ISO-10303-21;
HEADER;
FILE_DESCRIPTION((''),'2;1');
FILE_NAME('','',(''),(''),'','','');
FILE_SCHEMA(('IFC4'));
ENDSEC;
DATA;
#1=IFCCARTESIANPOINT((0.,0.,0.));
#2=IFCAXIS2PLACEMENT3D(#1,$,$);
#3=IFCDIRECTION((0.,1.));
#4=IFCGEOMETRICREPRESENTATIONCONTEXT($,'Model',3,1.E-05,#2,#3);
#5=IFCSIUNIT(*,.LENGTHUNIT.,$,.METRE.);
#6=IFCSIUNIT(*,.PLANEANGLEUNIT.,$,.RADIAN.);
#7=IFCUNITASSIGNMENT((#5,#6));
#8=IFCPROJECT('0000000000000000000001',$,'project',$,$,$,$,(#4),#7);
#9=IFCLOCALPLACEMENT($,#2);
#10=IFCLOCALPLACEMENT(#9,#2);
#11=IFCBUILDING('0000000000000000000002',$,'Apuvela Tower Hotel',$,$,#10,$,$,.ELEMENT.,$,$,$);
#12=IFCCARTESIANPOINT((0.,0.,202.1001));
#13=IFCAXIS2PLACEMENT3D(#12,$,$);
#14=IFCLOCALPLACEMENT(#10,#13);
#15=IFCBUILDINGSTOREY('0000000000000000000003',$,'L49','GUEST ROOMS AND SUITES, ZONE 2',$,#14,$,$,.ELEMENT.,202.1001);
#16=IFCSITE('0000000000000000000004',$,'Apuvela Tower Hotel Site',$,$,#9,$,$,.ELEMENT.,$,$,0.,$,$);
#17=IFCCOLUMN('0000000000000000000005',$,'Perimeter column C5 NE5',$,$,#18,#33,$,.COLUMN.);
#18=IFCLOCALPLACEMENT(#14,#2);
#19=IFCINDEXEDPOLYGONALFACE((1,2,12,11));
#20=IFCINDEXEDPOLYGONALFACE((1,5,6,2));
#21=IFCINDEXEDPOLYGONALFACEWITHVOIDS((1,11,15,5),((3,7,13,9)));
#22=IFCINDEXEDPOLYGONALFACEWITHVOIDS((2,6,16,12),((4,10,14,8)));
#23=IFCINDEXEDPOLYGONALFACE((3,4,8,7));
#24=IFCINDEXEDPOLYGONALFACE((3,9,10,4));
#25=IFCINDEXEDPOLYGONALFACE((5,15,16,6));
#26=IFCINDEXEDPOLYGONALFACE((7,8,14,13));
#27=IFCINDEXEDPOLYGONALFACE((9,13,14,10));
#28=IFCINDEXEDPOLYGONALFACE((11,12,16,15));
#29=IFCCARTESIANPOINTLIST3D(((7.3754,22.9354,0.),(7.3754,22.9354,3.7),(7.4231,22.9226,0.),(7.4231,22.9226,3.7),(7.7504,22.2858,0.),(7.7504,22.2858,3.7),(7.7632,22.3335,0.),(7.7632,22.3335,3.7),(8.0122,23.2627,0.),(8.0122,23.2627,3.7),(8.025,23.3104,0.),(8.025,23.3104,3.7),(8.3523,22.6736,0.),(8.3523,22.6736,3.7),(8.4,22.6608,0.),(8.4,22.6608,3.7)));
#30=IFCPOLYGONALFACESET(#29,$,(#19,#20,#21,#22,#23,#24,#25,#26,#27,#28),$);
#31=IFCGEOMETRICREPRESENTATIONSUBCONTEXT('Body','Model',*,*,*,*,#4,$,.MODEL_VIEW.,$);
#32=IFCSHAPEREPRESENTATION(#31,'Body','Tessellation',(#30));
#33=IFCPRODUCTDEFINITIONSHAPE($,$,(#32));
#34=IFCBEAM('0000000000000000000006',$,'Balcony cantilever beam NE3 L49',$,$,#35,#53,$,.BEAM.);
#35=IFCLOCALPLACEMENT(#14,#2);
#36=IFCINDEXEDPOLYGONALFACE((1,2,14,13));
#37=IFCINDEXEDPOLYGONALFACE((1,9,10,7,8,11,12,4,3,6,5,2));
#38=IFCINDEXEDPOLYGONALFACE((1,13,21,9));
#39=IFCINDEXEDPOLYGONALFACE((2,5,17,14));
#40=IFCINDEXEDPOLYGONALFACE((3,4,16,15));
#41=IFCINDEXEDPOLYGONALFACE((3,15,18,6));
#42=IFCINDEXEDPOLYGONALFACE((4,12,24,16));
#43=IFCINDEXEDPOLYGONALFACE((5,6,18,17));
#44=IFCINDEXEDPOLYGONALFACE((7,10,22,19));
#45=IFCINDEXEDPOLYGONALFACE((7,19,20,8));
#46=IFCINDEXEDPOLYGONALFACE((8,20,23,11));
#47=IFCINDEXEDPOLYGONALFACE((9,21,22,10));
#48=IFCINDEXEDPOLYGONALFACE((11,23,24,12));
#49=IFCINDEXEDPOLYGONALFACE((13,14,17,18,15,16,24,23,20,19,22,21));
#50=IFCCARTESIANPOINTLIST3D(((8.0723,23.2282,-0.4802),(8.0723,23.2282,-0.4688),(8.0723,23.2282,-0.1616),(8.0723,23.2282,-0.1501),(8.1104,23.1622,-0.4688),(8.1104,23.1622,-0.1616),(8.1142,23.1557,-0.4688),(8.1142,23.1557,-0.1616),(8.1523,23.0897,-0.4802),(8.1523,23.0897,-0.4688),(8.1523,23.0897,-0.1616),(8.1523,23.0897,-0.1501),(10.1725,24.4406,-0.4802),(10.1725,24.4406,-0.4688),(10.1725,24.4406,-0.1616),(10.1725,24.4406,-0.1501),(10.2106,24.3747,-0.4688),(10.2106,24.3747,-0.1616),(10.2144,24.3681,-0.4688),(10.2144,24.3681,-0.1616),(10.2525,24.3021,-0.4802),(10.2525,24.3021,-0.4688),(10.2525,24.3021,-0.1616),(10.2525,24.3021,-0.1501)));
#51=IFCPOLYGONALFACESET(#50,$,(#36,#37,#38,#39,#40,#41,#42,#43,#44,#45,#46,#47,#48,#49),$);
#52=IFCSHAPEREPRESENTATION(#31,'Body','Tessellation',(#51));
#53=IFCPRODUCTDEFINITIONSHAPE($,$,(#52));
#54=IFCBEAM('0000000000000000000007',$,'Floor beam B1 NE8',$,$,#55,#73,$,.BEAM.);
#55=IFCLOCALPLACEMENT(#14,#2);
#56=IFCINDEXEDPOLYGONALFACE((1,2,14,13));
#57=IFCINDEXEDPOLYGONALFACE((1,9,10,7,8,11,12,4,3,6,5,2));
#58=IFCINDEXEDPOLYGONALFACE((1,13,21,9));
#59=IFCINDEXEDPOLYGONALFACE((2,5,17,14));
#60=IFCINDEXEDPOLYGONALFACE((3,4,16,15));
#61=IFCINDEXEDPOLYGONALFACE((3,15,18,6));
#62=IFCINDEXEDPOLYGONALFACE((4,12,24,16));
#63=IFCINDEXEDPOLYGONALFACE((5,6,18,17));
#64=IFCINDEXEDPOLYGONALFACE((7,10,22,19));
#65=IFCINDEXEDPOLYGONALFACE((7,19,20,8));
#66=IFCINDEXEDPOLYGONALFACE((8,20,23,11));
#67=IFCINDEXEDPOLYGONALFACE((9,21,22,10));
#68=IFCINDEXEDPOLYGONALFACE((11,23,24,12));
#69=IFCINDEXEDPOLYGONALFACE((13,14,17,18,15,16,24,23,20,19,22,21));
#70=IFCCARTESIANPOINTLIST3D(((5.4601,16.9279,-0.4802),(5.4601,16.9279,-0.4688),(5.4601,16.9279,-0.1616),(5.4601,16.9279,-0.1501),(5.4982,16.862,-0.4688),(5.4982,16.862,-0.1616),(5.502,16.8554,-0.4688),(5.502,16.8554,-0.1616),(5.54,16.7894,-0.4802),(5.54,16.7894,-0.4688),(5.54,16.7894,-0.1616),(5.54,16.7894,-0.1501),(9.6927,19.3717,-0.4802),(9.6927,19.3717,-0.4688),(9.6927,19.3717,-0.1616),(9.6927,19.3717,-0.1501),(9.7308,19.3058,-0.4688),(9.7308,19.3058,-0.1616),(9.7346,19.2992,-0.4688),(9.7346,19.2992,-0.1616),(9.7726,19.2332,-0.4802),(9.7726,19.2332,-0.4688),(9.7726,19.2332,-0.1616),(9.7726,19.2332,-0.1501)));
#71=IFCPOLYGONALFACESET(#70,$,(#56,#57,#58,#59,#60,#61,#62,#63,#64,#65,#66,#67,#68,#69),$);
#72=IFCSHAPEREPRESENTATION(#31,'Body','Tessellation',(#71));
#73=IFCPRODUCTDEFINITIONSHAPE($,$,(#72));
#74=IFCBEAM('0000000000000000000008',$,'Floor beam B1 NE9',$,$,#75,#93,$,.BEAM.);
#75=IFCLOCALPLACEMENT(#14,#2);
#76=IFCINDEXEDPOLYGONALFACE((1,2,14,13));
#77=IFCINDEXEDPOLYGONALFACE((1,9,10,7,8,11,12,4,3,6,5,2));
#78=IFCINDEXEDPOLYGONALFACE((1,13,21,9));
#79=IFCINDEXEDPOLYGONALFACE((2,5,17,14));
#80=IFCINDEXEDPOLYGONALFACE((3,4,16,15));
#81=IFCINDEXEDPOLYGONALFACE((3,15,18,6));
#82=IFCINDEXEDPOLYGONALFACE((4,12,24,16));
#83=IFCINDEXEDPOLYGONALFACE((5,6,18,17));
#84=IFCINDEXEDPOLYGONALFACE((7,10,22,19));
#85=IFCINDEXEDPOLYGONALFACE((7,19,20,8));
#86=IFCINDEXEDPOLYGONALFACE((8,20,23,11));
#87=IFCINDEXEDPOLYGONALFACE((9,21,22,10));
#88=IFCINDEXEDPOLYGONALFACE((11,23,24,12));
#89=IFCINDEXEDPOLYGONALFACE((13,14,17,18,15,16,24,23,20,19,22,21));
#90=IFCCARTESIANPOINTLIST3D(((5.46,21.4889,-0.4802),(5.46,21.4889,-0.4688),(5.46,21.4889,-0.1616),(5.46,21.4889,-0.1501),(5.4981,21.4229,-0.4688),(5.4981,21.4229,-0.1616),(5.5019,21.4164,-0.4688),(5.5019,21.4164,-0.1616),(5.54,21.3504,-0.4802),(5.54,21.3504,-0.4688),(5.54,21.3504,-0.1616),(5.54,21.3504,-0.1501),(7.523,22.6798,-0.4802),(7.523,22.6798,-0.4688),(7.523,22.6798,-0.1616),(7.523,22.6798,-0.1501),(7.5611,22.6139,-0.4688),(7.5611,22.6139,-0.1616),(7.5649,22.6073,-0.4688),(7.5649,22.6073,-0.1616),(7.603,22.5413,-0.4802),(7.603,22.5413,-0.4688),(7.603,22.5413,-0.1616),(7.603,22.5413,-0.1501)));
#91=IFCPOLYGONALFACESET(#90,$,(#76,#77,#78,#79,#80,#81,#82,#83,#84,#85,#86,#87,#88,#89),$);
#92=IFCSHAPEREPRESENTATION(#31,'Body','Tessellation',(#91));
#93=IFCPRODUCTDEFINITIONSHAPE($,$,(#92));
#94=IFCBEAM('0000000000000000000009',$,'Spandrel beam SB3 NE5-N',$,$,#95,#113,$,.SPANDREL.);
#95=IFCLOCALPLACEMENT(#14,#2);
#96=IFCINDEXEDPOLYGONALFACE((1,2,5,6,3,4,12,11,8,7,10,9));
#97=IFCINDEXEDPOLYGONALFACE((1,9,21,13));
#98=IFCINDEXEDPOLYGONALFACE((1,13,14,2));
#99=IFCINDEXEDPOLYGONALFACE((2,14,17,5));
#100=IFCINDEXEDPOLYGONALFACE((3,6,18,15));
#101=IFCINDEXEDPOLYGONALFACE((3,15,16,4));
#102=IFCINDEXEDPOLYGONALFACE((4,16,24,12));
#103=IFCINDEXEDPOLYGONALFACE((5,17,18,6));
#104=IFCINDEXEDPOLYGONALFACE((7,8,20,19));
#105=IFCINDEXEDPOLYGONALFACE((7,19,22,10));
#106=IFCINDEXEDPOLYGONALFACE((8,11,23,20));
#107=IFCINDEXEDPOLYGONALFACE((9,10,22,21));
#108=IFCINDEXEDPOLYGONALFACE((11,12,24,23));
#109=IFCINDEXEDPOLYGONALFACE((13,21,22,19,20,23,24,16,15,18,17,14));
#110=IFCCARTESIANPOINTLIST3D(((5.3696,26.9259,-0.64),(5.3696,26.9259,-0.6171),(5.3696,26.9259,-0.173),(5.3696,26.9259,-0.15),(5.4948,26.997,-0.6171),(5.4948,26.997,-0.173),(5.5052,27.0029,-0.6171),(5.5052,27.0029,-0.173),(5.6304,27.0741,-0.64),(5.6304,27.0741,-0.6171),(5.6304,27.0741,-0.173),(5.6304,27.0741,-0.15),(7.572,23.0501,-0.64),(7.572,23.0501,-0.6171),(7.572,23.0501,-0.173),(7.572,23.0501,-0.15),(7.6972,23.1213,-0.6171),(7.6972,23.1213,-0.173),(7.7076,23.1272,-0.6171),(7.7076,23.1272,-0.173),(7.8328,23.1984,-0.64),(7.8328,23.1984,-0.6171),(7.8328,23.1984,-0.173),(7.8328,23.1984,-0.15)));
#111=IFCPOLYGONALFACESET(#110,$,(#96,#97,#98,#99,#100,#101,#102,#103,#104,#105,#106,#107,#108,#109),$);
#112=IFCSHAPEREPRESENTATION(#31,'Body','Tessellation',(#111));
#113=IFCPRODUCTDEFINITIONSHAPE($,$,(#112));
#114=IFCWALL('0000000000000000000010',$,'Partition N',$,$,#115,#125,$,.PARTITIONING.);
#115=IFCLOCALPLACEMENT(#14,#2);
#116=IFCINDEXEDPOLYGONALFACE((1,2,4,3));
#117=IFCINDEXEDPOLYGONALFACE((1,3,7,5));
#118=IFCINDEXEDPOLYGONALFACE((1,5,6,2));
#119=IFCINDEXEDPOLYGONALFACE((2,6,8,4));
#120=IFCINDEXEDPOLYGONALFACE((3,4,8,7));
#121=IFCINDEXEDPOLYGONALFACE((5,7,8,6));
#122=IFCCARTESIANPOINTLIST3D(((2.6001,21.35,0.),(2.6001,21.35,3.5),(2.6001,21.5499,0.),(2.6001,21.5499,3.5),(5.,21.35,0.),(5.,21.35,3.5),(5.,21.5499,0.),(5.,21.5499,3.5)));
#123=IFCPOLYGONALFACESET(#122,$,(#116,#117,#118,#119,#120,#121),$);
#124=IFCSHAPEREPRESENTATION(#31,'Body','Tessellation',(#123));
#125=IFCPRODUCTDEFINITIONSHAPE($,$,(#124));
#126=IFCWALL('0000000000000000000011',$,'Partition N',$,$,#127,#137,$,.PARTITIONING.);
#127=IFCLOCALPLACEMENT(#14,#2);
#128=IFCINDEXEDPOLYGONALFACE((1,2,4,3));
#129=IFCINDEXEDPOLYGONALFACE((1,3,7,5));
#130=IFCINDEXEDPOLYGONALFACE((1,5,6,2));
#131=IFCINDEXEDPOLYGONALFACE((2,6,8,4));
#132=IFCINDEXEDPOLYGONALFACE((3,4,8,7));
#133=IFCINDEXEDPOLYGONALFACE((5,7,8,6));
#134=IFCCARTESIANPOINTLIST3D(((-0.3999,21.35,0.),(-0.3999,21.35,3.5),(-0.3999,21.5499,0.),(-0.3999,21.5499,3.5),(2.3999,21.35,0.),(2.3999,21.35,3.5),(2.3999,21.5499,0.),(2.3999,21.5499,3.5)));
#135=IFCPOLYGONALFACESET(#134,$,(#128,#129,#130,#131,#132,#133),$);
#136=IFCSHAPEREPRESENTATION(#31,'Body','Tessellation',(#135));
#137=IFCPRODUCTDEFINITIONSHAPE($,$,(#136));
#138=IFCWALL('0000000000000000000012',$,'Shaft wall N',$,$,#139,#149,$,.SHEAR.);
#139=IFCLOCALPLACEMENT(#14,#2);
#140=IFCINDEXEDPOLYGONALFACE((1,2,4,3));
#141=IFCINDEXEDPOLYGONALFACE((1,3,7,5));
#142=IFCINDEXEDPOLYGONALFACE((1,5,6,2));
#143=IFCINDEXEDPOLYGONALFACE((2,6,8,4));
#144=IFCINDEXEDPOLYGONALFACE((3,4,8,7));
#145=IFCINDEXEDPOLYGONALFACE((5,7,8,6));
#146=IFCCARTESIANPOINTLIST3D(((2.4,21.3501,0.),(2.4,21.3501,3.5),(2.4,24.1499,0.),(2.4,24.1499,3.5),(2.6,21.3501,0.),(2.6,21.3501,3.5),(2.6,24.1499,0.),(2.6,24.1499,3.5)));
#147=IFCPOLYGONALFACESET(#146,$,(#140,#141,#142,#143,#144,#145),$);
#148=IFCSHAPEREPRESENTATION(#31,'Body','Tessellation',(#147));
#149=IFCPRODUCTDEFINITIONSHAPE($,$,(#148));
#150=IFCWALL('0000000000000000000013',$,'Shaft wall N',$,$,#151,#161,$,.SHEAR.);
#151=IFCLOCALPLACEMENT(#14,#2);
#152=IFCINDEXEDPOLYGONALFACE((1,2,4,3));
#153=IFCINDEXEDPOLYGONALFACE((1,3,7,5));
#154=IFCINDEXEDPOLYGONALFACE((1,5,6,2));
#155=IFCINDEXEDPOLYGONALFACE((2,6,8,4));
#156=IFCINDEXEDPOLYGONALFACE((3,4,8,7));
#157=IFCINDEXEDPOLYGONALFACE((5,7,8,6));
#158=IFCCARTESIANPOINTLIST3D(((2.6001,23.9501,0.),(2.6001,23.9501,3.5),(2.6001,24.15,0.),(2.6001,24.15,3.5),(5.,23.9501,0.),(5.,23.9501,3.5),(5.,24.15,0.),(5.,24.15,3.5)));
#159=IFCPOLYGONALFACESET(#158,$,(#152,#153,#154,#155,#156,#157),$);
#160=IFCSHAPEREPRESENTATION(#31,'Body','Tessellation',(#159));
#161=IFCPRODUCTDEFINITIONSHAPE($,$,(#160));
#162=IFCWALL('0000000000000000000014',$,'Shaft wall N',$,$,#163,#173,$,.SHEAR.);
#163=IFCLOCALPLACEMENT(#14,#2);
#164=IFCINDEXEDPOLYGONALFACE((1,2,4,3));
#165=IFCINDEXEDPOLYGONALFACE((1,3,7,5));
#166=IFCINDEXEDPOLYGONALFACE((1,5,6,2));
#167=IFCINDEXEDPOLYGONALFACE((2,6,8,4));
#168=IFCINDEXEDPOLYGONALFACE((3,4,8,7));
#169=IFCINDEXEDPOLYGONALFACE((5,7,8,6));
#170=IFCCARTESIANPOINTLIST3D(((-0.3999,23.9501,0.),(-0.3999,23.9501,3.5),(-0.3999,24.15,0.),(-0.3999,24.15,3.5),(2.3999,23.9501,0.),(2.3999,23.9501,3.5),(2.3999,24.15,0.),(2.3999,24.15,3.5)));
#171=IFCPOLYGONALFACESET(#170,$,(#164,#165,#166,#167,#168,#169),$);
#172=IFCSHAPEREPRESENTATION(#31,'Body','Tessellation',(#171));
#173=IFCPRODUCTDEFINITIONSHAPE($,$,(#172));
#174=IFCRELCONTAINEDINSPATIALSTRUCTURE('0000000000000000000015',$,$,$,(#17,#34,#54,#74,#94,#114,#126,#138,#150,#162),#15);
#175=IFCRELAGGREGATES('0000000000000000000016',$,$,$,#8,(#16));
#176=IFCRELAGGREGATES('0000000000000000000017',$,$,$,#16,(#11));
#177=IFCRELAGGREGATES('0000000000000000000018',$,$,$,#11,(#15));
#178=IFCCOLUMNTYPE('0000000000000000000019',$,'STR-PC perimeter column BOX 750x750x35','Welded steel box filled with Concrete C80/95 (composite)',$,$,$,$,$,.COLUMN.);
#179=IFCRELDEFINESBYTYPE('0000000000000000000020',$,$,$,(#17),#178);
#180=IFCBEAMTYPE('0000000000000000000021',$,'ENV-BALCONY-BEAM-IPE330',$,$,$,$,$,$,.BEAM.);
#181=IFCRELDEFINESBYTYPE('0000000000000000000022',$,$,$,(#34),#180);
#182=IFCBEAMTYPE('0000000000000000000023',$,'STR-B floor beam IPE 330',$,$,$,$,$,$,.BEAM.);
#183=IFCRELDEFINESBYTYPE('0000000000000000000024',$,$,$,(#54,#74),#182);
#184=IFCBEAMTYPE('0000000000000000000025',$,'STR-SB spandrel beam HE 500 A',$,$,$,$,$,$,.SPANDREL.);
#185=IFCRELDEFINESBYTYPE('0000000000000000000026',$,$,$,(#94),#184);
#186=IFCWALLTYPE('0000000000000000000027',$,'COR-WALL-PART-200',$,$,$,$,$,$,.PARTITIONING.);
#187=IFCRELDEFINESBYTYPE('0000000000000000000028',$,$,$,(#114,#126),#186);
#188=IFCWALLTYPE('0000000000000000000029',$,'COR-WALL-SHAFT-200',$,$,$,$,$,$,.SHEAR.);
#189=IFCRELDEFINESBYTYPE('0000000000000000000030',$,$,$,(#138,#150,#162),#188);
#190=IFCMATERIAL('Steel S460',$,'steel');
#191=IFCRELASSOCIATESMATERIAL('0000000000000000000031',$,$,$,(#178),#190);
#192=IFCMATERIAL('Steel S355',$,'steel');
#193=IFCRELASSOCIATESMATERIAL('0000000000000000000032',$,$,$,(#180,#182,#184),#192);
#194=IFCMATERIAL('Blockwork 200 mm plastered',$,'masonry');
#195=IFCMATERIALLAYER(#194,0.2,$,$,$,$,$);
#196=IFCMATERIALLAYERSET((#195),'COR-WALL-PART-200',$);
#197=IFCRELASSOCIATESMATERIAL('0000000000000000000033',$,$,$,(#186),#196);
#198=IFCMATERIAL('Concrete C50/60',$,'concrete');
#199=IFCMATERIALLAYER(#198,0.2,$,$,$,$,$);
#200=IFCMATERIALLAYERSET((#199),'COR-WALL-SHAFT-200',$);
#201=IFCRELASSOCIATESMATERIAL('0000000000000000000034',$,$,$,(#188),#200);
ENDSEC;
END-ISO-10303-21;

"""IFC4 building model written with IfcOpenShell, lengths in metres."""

from ifc_helpers import new_model, si_unit, direction, frame, frame_2d, origin, origin_2d, place, context, subcontext, project, spatial, rectangle, hollow_rectangle, i_section, extrude, material, layer, layer_set, material_profile, profile_set, type_object, element, save


model = new_model("IFC4")

# Units and contexts
model_context = context("Model", 3, precision=1e-05, world=origin(), true_north=direction((0.0, 1.0)))
body_context = subcontext(model_context, "Body", "Model", "MODEL_VIEW")
ifc_project = project(units=[si_unit("LENGTHUNIT", "METRE"), si_unit("PLANEANGLEUNIT", "RADIAN")], contexts=[model_context])

# Site, building, storey
site_placement = place(None, origin())
site = spatial("IfcSite", under=ifc_project, at=site_placement, Name="Apuvela Tower Hotel Site", CompositionType="ELEMENT", RefElevation=0.0)
building_placement = place(site_placement, origin())
building = spatial("IfcBuilding", under=site, at=building_placement, Name="Apuvela Tower Hotel", CompositionType="ELEMENT")
storey_placement = place(building_placement, frame((0.0, 0.0, 202.1001)))
storey = spatial("IfcBuildingStorey", under=building, at=storey_placement, Name="L49", Description="GUEST ROOMS AND SUITES, ZONE 2", CompositionType="ELEMENT", Elevation=202.1001)

# Column
ifc_material_1 = material(Name="Steel S460", Category="steel")
ifc_material_profile_1 = material_profile(ifc_material_1, hollow_rectangle(XDim=0.75, YDim=0.75, WallThickness=0.0349, at=origin_2d()), Name="BOX 750x750x35")
ifc_material_2 = material(Name="Concrete C80/95", Category="concrete")
ifc_material_profile_2 = material_profile(ifc_material_2, rectangle(XDim=0.6799, YDim=0.6799, at=origin_2d()), Name="Concrete C80/95 infill")
ifc_profile_set_1 = profile_set([ifc_material_profile_1, ifc_material_profile_2], Name="Steel S460")
column_type = type_object("IfcColumnType", Name="STR-PC perimeter column BOX 750x750x35", Description="Welded steel box filled with Concrete C80/95 (composite)", PredefinedType="COLUMN", material=ifc_profile_set_1)
column_placement = place(storey_placement, frame((7.8877, 22.7981, 0.0), z_axis=(0.0, 0.0, 1.0), x_axis=(-0.5, 0.866025, 0.0)))
element("IfcColumn", 1, at=column_placement, inside=storey, type_object=column_type, Name="Perimeter column C5 NE5", PredefinedType="COLUMN", context=body_context, shape_type="SweptSolid", body=[
    extrude(hollow_rectangle(XDim=0.75, YDim=0.75, WallThickness=0.0349, at=origin_2d()), origin(), (0.0, 0.0, 1.0), 3.7),
])

# Beams
ifc_material_3 = material(Name="Steel S355", Category="steel")
ifc_material_profile_3 = material_profile(ifc_material_3, i_section(OverallWidth=0.1599, OverallDepth=0.3301, WebThickness=0.0076, FlangeThickness=0.0115, at=origin_2d()), Name="IPE 330")
ifc_profile_set_2 = profile_set([ifc_material_profile_3], Name="Steel S355")
beam_type_1 = type_object("IfcBeamType", Name="ENV-BALCONY-BEAM-IPE330", PredefinedType="BEAM", material=ifc_profile_set_2)
beam_1_placement = place(storey_placement, frame((8.1123, 23.1589, -0.3152), z_axis=(0.866041, 0.499972, 0.0), x_axis=(-0.499972, 0.866041, 0.0)))
element("IfcBeam", 2, at=beam_1_placement, inside=storey, type_object=beam_type_1, Name="Balcony cantilever beam NE3 L49", PredefinedType="BEAM", context=body_context, shape_type="SweptSolid", body=[
    extrude(i_section(OverallWidth=0.1599, OverallDepth=0.3301, WebThickness=0.0076, FlangeThickness=0.0115, at=origin_2d()), origin(), (0.0, 0.0, 1.0), 2.425),
])
ifc_material_profile_4 = material_profile(ifc_material_3, i_section(OverallWidth=0.1599, OverallDepth=0.3301, WebThickness=0.0076, FlangeThickness=0.0115, at=origin_2d()), Name="IPE 330")
ifc_profile_set_3 = profile_set([ifc_material_profile_4], Name="Steel S355")
beam_type_2 = type_object("IfcBeamType", Name="STR-B floor beam IPE 330", PredefinedType="BEAM", material=ifc_profile_set_3)
beam_2_placement = place(storey_placement, frame((9.7327, 19.3025, -0.3152), z_axis=(-0.866015, -0.500018, 0.0), x_axis=(0.500018, -0.866015, 0.0)))
element("IfcBeam", 3, at=beam_2_placement, inside=storey, type_object=beam_type_2, Name="Floor beam B1 NE8", PredefinedType="BEAM", context=body_context, shape_type="SweptSolid", body=[
    extrude(i_section(OverallWidth=0.1599, OverallDepth=0.3301, WebThickness=0.0076, FlangeThickness=0.0115, at=origin_2d()), origin(), (0.0, 0.0, 1.0), 4.8875),
])
beam_3_placement = place(storey_placement, frame((7.563, 22.6106, -0.3152), z_axis=(-0.866052, -0.499953, 0.0), x_axis=(0.499953, -0.866052, 0.0)))
element("IfcBeam", 4, at=beam_3_placement, inside=storey, type_object=beam_type_2, Name="Floor beam B1 NE9", PredefinedType="BEAM", context=body_context, shape_type="SweptSolid", body=[
    extrude(i_section(OverallWidth=0.1599, OverallDepth=0.3301, WebThickness=0.0076, FlangeThickness=0.0115, at=origin_2d()), origin(), (0.0, 0.0, 1.0), 2.3821),
])
ifc_material_profile_5 = material_profile(ifc_material_3, i_section(OverallWidth=0.3, OverallDepth=0.49, WebThickness=0.012, FlangeThickness=0.0229, at=origin_2d()), Name="HE 500 A")
ifc_profile_set_4 = profile_set([ifc_material_profile_5], Name="Steel S355")
beam_type_3 = type_object("IfcBeamType", Name="STR-SB spandrel beam HE 500 A", PredefinedType="SPANDREL", material=ifc_profile_set_4)
beam_4_placement = place(storey_placement, frame((7.7024, 23.1243, -0.395), z_axis=(-0.494056, 0.86943, 0.0), x_axis=(-0.86943, -0.494056, 0.0)))
element("IfcBeam", 5, at=beam_4_placement, inside=storey, type_object=beam_type_3, Name="Spandrel beam SB3 NE5-N", PredefinedType="SPANDREL", context=body_context, shape_type="SweptSolid", body=[
    extrude(i_section(OverallWidth=0.3, OverallDepth=0.49, WebThickness=0.012, FlangeThickness=0.0229, at=origin_2d()), origin(), (0.0, 0.0, 1.0), 4.4578),
])

# Walls
ifc_material_4 = material(Name="Blockwork 200 mm plastered", Category="masonry")
ifc_layer_1 = layer(ifc_material_4, 0.2)
ifc_layer_set_1 = layer_set([ifc_layer_1], Name="COR-WALL-PART-200")
wall_type_1 = type_object("IfcWallType", Name="COR-WALL-PART-200", PredefinedType="PARTITIONING", material=ifc_layer_set_1)
wall_1_placement = place(storey_placement, frame((5.0, 21.45, 0.0), z_axis=(0.0, 0.0, 1.0), x_axis=(-1.0, 0.0, 0.0)))
element("IfcWall", 6, at=wall_1_placement, inside=storey, type_object=wall_type_1, Name="Partition N", PredefinedType="PARTITIONING", context=body_context, shape_type="SweptSolid", body=[
    extrude(rectangle(XDim=2.3999, YDim=0.2, at=frame_2d((1.2, 0.0))), origin(), (0.0, 0.0, 1.0), 3.5),
])
wall_2_placement = place(storey_placement, frame((2.3999, 21.45, 0.0), z_axis=(0.0, 0.0, 1.0), x_axis=(-1.0, 0.0, 0.0)))
element("IfcWall", 7, at=wall_2_placement, inside=storey, type_object=wall_type_1, Name="Partition N", PredefinedType="PARTITIONING", context=body_context, shape_type="SweptSolid", body=[
    extrude(rectangle(XDim=2.7998, YDim=0.2, at=frame_2d((1.3999, 0.0))), origin(), (0.0, 0.0, 1.0), 3.5),
])
ifc_material_5 = material(Name="Concrete C50/60", Category="concrete")
ifc_layer_2 = layer(ifc_material_5, 0.2)
ifc_layer_set_2 = layer_set([ifc_layer_2], Name="COR-WALL-SHAFT-200")
wall_type_2 = type_object("IfcWallType", Name="COR-WALL-SHAFT-200", PredefinedType="SHEAR", material=ifc_layer_set_2)
wall_3_placement = place(storey_placement, frame((2.5, 21.3501, 0.0), z_axis=(0.0, 0.0, 1.0), x_axis=(0.0, 1.0, 0.0)))
element("IfcWall", 8, at=wall_3_placement, inside=storey, type_object=wall_type_2, Name="Shaft wall N", PredefinedType="SHEAR", context=body_context, shape_type="SweptSolid", body=[
    extrude(rectangle(XDim=2.7998, YDim=0.2, at=frame_2d((1.3999, 0.0))), origin(), (0.0, 0.0, 1.0), 3.5),
])
wall_4_placement = place(storey_placement, frame((5.0, 24.05, 0.0), z_axis=(0.0, 0.0, 1.0), x_axis=(-1.0, 0.0, 0.0)))
element("IfcWall", 9, at=wall_4_placement, inside=storey, type_object=wall_type_2, Name="Shaft wall N", PredefinedType="SHEAR", context=body_context, shape_type="SweptSolid", body=[
    extrude(rectangle(XDim=2.3999, YDim=0.2, at=frame_2d((1.2, 0.0))), origin(), (0.0, 0.0, 1.0), 3.5),
])
wall_5_placement = place(storey_placement, frame((2.3999, 24.05, 0.0), z_axis=(0.0, 0.0, 1.0), x_axis=(-1.0, 0.0, 0.0)))
element("IfcWall", 10, at=wall_5_placement, inside=storey, type_object=wall_type_2, Name="Shaft wall N", PredefinedType="SHEAR", context=body_context, shape_type="SweptSolid", body=[
    extrude(rectangle(XDim=2.7998, YDim=0.2, at=frame_2d((1.3999, 0.0))), origin(), (0.0, 0.0, 1.0), 3.5),
])

save(model, "model.ifc")
